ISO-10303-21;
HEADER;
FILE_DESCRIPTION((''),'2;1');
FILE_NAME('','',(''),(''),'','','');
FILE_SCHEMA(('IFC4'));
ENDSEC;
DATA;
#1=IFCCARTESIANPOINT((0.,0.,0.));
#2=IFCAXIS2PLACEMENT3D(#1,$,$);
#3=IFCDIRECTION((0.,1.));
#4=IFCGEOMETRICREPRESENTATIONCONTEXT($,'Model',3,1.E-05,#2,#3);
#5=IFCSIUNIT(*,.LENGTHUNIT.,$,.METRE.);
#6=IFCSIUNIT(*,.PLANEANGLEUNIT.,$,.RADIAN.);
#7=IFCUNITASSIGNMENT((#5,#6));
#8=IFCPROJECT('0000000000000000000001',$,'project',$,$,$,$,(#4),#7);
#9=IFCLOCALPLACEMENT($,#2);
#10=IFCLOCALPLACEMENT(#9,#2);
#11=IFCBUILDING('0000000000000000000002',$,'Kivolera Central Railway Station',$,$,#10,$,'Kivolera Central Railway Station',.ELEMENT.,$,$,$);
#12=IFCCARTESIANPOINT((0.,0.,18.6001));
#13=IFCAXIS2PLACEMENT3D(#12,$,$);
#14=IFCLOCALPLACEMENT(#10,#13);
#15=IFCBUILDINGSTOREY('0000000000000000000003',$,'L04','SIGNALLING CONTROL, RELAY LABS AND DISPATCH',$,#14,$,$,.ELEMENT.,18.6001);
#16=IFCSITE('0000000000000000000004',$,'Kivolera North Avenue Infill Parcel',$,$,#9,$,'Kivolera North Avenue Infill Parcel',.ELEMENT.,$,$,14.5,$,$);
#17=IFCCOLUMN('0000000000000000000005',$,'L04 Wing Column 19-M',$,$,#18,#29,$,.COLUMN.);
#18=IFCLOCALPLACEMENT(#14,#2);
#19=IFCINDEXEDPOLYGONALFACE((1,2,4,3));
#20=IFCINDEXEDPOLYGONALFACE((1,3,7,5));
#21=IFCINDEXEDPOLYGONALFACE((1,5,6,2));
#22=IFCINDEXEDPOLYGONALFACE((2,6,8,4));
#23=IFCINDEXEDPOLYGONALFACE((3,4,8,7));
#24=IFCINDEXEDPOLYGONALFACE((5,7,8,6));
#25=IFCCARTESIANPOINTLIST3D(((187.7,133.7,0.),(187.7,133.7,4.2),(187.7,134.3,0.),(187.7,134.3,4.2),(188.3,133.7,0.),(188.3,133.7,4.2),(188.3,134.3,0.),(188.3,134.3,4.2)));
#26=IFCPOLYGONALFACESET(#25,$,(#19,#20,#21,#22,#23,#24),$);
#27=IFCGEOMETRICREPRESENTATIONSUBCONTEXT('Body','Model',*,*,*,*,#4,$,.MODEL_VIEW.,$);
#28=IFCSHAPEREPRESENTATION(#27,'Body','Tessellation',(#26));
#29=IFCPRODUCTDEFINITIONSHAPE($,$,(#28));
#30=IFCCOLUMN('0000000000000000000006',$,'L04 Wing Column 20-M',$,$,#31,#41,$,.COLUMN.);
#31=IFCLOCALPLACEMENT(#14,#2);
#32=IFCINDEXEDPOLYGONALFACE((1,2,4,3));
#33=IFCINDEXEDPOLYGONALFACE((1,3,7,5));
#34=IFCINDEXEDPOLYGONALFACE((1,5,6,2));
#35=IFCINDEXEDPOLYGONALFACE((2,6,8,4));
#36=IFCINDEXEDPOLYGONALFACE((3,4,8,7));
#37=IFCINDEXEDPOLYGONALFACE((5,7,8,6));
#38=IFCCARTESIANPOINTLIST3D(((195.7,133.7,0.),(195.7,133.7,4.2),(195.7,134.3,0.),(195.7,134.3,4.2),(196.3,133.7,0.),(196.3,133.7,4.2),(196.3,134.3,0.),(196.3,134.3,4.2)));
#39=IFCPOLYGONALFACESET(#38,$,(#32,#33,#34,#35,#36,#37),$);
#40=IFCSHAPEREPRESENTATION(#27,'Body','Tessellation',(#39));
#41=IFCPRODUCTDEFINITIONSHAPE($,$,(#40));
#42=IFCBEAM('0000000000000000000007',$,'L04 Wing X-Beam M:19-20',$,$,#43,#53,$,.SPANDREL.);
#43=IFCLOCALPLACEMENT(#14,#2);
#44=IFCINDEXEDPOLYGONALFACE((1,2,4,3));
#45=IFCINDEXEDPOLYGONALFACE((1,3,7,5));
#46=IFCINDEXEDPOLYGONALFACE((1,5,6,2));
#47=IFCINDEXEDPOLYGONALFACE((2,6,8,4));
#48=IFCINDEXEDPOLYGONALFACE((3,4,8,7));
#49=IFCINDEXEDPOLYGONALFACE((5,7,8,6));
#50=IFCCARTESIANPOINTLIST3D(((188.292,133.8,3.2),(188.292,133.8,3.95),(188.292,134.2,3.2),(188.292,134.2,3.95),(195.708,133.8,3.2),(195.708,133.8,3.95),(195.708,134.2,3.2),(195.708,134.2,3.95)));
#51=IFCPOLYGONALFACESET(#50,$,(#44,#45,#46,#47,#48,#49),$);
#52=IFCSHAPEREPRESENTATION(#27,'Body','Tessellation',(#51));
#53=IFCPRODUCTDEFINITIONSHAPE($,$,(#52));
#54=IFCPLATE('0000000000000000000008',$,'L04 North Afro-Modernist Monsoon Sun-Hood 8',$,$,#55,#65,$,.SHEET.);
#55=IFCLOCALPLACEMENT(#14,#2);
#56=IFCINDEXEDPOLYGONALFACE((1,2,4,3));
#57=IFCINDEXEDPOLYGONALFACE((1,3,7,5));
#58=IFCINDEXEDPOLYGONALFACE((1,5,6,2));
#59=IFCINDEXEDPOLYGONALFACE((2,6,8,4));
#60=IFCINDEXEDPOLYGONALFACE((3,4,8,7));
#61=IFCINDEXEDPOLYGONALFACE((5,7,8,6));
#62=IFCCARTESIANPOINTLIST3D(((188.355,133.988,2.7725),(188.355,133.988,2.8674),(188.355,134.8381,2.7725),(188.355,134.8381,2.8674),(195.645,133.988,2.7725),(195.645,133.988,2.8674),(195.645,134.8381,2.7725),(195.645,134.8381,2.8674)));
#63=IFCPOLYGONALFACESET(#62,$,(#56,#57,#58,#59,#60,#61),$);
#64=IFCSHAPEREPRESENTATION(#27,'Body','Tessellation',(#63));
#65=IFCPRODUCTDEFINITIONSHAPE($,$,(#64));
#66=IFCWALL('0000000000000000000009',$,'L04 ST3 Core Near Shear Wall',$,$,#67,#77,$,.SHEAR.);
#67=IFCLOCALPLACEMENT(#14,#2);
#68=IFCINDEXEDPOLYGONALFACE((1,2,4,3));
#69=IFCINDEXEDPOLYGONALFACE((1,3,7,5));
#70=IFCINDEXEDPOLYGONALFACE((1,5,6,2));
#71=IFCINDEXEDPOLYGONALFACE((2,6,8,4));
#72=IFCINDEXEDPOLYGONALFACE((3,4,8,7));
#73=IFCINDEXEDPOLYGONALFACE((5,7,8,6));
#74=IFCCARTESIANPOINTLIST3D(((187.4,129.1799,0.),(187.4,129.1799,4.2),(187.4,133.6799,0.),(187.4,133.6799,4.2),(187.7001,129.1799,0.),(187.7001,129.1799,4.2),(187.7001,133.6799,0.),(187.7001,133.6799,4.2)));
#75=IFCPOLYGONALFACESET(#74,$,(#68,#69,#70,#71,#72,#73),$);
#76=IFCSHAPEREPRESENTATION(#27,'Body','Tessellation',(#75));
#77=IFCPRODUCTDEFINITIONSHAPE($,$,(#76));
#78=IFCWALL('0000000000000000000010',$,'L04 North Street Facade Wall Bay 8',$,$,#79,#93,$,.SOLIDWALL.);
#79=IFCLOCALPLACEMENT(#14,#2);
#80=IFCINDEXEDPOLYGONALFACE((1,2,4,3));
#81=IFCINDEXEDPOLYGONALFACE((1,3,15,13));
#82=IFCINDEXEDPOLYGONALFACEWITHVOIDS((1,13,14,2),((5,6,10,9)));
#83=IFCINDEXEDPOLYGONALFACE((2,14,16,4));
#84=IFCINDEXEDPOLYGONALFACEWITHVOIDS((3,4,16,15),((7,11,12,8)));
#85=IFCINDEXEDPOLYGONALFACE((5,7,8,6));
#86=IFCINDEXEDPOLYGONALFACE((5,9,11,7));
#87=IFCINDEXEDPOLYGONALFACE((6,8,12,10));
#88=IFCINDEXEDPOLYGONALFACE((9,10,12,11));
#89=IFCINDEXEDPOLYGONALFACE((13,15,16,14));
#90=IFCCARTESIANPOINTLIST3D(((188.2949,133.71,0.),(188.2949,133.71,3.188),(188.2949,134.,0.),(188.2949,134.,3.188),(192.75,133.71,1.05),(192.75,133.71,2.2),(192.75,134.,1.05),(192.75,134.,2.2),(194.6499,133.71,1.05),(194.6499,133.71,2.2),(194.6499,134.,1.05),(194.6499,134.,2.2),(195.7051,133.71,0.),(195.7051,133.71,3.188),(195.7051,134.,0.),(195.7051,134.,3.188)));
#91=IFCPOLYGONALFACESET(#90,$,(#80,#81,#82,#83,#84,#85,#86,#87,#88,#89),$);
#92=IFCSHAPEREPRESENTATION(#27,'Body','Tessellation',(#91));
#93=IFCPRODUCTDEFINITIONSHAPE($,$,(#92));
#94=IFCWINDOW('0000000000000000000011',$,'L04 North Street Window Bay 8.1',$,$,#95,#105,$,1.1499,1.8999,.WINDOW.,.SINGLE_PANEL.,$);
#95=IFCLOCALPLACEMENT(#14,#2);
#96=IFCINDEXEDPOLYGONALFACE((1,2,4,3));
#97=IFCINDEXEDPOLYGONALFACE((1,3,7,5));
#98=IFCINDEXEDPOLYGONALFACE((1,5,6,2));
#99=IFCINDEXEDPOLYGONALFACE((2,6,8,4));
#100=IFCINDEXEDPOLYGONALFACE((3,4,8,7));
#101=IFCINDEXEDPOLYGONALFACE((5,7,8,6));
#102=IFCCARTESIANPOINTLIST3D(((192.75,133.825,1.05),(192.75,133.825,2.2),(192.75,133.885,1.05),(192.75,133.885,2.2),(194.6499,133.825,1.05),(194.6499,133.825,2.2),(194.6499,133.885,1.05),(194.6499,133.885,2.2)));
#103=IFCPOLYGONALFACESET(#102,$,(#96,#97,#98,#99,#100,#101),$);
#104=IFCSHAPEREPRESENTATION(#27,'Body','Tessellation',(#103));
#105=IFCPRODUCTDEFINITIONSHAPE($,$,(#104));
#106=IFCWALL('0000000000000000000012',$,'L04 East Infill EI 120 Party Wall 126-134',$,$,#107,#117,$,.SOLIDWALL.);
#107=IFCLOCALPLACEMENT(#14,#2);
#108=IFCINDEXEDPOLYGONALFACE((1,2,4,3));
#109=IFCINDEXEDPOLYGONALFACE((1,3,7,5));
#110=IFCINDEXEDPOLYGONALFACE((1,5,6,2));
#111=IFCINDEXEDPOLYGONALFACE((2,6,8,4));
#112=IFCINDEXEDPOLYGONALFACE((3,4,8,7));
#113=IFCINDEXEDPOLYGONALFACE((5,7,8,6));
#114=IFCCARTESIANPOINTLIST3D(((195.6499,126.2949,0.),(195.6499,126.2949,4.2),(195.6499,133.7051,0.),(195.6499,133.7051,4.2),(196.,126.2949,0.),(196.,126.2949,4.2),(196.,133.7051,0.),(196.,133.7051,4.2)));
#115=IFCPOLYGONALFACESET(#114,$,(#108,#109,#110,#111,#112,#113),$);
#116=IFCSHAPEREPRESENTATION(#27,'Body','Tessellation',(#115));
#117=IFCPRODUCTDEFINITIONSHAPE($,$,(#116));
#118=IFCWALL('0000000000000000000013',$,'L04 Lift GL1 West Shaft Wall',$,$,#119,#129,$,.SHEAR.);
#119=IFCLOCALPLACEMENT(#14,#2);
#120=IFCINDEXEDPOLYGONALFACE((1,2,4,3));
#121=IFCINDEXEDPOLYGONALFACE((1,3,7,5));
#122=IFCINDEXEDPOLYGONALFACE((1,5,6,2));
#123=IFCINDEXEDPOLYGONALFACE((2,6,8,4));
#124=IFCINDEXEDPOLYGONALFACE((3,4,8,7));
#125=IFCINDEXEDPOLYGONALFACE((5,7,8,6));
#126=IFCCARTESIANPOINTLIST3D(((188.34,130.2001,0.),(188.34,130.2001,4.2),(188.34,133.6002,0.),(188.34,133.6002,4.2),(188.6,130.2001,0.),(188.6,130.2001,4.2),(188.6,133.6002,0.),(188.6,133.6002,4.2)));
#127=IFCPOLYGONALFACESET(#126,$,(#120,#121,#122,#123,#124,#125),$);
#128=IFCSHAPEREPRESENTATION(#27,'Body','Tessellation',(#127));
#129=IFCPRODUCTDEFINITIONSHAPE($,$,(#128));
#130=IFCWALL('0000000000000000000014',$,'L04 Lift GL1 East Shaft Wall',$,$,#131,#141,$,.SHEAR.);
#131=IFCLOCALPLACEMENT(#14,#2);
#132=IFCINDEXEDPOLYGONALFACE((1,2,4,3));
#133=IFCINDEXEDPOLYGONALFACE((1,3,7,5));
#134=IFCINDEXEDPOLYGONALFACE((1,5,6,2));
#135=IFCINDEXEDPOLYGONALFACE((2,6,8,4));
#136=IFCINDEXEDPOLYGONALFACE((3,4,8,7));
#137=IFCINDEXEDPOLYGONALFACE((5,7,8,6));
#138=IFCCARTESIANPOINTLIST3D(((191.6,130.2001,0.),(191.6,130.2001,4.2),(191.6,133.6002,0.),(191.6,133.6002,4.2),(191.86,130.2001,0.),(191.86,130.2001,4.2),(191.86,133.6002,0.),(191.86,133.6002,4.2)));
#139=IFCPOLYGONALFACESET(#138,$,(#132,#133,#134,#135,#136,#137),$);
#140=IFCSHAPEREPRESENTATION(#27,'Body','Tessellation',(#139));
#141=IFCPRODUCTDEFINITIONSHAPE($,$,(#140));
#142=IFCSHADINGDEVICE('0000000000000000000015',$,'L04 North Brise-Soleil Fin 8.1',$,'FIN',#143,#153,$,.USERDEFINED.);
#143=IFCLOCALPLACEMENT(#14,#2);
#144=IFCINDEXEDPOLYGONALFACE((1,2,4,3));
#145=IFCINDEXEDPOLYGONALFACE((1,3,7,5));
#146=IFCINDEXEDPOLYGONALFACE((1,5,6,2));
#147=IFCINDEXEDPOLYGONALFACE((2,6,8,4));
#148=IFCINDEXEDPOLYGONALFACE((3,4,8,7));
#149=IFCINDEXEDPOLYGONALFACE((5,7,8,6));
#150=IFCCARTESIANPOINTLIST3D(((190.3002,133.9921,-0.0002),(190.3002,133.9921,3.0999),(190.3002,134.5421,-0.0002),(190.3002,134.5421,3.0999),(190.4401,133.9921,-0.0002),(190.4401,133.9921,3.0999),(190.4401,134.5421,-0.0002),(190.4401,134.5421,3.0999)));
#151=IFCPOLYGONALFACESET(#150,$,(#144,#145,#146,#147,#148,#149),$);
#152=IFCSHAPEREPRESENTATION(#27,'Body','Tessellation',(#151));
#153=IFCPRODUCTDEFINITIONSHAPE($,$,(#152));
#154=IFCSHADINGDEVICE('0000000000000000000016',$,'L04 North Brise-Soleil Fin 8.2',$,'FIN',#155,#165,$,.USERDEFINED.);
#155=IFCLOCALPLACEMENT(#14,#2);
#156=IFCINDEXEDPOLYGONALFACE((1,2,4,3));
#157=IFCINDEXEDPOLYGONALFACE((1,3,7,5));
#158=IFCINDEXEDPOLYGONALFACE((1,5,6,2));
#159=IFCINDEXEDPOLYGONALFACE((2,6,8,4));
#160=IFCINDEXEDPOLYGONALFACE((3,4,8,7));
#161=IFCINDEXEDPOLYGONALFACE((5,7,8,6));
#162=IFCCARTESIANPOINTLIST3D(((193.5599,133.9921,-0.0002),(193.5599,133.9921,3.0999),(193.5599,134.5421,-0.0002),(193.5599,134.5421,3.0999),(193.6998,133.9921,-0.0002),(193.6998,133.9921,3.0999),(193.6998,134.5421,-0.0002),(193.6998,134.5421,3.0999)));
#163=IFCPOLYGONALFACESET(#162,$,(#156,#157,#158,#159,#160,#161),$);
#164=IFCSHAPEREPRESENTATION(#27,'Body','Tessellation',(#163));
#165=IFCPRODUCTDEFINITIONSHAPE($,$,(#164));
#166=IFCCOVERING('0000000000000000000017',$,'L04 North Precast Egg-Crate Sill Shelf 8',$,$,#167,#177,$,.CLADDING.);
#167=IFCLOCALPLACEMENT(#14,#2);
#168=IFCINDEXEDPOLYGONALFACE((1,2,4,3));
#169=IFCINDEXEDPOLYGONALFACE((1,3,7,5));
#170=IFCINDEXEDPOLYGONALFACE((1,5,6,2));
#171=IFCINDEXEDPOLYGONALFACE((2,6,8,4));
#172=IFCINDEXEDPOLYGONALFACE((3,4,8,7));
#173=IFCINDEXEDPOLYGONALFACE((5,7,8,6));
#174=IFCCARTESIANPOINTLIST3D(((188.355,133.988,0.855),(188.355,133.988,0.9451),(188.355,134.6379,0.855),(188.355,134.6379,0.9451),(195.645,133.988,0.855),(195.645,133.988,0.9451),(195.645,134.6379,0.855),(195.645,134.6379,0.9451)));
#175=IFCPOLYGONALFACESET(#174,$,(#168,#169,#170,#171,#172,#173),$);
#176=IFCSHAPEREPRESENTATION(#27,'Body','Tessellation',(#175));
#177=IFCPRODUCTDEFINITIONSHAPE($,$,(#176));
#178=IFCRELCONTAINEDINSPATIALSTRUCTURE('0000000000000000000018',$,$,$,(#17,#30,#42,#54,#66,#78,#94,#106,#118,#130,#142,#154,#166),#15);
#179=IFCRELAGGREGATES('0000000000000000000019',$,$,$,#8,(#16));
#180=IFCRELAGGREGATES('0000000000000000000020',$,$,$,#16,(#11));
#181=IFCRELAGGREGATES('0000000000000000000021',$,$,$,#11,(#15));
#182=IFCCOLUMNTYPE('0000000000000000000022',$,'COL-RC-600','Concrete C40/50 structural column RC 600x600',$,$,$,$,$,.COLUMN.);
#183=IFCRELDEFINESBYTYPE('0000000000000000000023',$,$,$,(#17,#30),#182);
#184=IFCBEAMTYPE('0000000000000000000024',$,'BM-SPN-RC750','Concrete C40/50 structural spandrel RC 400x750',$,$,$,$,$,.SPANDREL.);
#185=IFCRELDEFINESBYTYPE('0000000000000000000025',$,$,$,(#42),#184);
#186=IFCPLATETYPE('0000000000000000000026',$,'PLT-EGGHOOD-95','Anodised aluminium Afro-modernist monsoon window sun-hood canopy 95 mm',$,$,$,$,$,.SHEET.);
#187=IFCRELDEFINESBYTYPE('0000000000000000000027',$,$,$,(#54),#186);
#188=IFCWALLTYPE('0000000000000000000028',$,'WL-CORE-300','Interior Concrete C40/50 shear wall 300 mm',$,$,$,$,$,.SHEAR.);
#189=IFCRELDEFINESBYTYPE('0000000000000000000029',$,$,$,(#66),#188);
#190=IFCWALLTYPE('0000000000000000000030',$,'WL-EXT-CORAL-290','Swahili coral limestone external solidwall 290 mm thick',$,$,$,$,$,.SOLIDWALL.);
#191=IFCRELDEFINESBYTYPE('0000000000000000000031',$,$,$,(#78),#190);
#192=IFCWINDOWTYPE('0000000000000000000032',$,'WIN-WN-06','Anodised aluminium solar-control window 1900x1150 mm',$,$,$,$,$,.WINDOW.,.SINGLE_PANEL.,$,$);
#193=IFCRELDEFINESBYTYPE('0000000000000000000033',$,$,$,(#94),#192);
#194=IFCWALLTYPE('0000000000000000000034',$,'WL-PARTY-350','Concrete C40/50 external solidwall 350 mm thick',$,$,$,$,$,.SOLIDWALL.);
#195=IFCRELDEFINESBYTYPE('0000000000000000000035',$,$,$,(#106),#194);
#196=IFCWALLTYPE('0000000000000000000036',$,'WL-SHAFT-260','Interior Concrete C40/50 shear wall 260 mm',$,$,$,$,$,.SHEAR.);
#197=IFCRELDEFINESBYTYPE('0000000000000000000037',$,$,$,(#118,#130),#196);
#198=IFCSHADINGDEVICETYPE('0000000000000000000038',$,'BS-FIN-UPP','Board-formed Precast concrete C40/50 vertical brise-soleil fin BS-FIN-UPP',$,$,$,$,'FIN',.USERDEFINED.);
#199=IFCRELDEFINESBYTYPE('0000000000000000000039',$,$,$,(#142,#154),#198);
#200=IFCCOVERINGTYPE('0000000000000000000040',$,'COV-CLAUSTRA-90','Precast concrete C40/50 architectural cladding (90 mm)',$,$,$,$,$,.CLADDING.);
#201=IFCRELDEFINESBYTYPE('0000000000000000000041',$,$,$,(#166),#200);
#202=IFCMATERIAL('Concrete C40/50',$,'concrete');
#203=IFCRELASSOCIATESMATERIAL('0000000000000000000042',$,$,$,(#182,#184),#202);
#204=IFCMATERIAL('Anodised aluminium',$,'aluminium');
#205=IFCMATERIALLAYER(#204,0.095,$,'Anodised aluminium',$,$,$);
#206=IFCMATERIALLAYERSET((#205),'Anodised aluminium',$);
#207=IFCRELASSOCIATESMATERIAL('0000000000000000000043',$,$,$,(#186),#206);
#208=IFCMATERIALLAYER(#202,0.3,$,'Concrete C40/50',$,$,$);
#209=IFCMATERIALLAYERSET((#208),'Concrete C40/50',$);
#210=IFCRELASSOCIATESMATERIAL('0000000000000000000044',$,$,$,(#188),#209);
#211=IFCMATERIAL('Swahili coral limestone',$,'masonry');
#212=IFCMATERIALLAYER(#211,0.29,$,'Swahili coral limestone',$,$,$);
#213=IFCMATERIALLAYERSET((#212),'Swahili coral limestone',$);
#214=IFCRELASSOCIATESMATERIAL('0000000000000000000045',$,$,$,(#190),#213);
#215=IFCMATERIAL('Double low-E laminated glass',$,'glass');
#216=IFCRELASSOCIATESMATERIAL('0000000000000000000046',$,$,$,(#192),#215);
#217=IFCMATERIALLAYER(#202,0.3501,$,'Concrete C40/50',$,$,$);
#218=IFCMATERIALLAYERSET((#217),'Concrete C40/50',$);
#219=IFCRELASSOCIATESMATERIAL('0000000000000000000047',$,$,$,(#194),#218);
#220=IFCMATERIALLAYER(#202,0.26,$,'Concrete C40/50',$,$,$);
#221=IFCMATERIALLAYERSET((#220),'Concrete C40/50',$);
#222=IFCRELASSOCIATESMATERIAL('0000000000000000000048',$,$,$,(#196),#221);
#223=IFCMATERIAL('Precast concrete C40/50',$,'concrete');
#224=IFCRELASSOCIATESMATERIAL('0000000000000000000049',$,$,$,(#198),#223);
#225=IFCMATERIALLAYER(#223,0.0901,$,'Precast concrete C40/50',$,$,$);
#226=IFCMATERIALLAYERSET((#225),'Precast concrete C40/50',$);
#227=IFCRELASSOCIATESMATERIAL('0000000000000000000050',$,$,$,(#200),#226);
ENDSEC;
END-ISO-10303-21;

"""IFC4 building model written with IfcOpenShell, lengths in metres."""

from ifc_helpers import new_model, si_unit, direction, frame, frame_2d, origin, origin_2d, place, context, subcontext, project, spatial, rectangle, extrude, material, layer, layer_set, material_profile, profile_set, type_object, element, fill, save


model = new_model("IFC4")

# Units and contexts
model_context = context("Model", 3, precision=1e-05, world=origin(), true_north=direction((0.0, 1.0)))
body_context = subcontext(model_context, "Body", "Model", "MODEL_VIEW")
ifc_project = project(units=[si_unit("LENGTHUNIT", "METRE"), si_unit("PLANEANGLEUNIT", "RADIAN")], contexts=[model_context])

# Site, building, storey
site_placement = place(None, origin())
site = spatial("IfcSite", under=ifc_project, at=site_placement, Name="Kivolera North Avenue Infill Parcel", LongName="Kivolera North Avenue Infill Parcel", CompositionType="ELEMENT", RefElevation=14.5)
building_placement = place(site_placement, origin())
building = spatial("IfcBuilding", under=site, at=building_placement, Name="Kivolera Central Railway Station", LongName="Kivolera Central Railway Station", CompositionType="ELEMENT")
storey_placement = place(building_placement, frame((0.0, 0.0, 18.6001)))
storey = spatial("IfcBuildingStorey", under=building, at=storey_placement, Name="L04", Description="SIGNALLING CONTROL, RELAY LABS AND DISPATCH", CompositionType="ELEMENT", Elevation=18.6001)

# Columns
ifc_material_1 = material(Name="Concrete C40/50", Category="concrete")
ifc_material_profile_1 = material_profile(ifc_material_1, rectangle(XDim=0.6001, YDim=0.6001, at=origin_2d()), Name="RC 600x600")
ifc_profile_set_1 = profile_set([ifc_material_profile_1], Name="Concrete C40/50")
column_type = type_object("IfcColumnType", Name="COL-RC-600", Description="Concrete C40/50 structural column RC 600x600", PredefinedType="COLUMN", material=ifc_profile_set_1)
for number, where, z_axis, x_axis, name in (
    (1, (188.0, 134.0, 0.0), (0.0, 0.0, 1.0), (1.0, 0.0, 0.0), "L04 Wing Column 19-M"),
    (2, (196.0, 134.0, 0.0), (0.0, 0.0, 1.0), (1.0, 0.0, 0.0), "L04 Wing Column 20-M"),
):
    element("IfcColumn", number, at=place(storey_placement, frame(where, z_axis=z_axis, x_axis=x_axis)), inside=storey, type_object=column_type, Name=name, PredefinedType="COLUMN", context=body_context, shape_type="SweptSolid", body=[
        extrude(rectangle(XDim=0.6001, YDim=0.6001, at=origin_2d()), origin(), (0.0, 0.0, 1.0), 4.2),
    ])

# Beam
ifc_material_profile_2 = material_profile(ifc_material_1, rectangle(XDim=0.3999, YDim=0.75, at=origin_2d()), Name="RC 400x750")
ifc_profile_set_2 = profile_set([ifc_material_profile_2], Name="Concrete C40/50")
beam_type = type_object("IfcBeamType", Name="BM-SPN-RC750", Description="Concrete C40/50 structural spandrel RC 400x750", PredefinedType="SPANDREL", material=ifc_profile_set_2)
beam_placement = place(storey_placement, frame((188.292, 134.0, 3.575), z_axis=(1.0, 0.0, 0.0), x_axis=(0.0, 1.0, 0.0)))
element("IfcBeam", 3, at=beam_placement, inside=storey, type_object=beam_type, Name="L04 Wing X-Beam M:19-20", PredefinedType="SPANDREL", context=body_context, shape_type="SweptSolid", body=[
    extrude(rectangle(XDim=0.3999, YDim=0.75, at=origin_2d()), origin(), (0.0, 0.0, 1.0), 7.416),
])

# Plate
ifc_material_2 = material(Name="Anodised aluminium", Category="aluminium")
ifc_layer_1 = layer(ifc_material_2, 0.095, Name="Anodised aluminium")
ifc_layer_set_1 = layer_set([ifc_layer_1], Name="Anodised aluminium")
plate_type = type_object("IfcPlateType", Name="PLT-EGGHOOD-95", Description="Anodised aluminium Afro-modernist monsoon window sun-hood canopy 95 mm", PredefinedType="SHEET", material=ifc_layer_set_1)
plate_placement = place(storey_placement, frame((192.0, 134.4131, 2.7725), z_axis=(0.0, 0.0, 1.0), x_axis=(1.0, 0.0, 0.0)))
element("IfcPlate", 4, at=plate_placement, inside=storey, type_object=plate_type, Name="L04 North Afro-Modernist Monsoon Sun-Hood 8", PredefinedType="SHEET", context=body_context, shape_type="SweptSolid", body=[
    extrude(rectangle(XDim=7.29, YDim=0.8501, at=origin_2d()), origin(), (0.0, 0.0, 1.0), 0.095),
])

# Wall
ifc_layer_2 = layer(ifc_material_1, 0.3, Name="Concrete C40/50")
ifc_layer_set_2 = layer_set([ifc_layer_2], Name="Concrete C40/50")
wall_type_1 = type_object("IfcWallType", Name="WL-CORE-300", Description="Interior Concrete C40/50 shear wall 300 mm", PredefinedType="SHEAR", material=ifc_layer_set_2)
wall_1_placement = place(storey_placement, frame((187.55, 133.6799, 0.0), z_axis=(0.0, 0.0, 1.0), x_axis=(0.0, -1.0, 0.0)))
element("IfcWall", 5, at=wall_1_placement, inside=storey, type_object=wall_type_1, Name="L04 ST3 Core Near Shear Wall", PredefinedType="SHEAR", context=body_context, shape_type="SweptSolid", body=[
    extrude(rectangle(XDim=4.5, YDim=0.3, at=frame_2d((2.25, 0.0))), origin(), (0.0, 0.0, 1.0), 4.2),
])

# Wall, opening, window
ifc_material_3 = material(Name="Swahili coral limestone", Category="masonry")
ifc_layer_3 = layer(ifc_material_3, 0.29, Name="Swahili coral limestone")
ifc_layer_set_3 = layer_set([ifc_layer_3], Name="Swahili coral limestone")
wall_type_2 = type_object("IfcWallType", Name="WL-EXT-CORAL-290", Description="Swahili coral limestone external solidwall 290 mm thick", PredefinedType="SOLIDWALL", material=ifc_layer_set_3)
wall_2_placement = place(storey_placement, frame((188.2949, 133.855, 0.0), z_axis=(0.0, 0.0, 1.0), x_axis=(1.0, 0.0, 0.0)))
wall_2 = element("IfcWall", 6, at=wall_2_placement, inside=storey, type_object=wall_type_2, Name="L04 North Street Facade Wall Bay 8", PredefinedType="SOLIDWALL", context=body_context, shape_type="SweptSolid", body=[
    extrude(rectangle(XDim=7.4102, YDim=0.29, at=frame_2d((3.7051, 0.0))), origin(), (0.0, 0.0, 1.0), 3.188),
])
opening_placement = place(wall_2_placement, frame((4.4551, 0.0, 1.05)))
opening = element("IfcOpeningElement", 7, at=opening_placement, cuts=wall_2, PredefinedType="OPENING", context=body_context, shape_type="SweptSolid", body=[
    extrude(rectangle(XDim=1.8999, YDim=1.1499, at=frame_2d((0.95, 0.575))), frame((0.0, 0.155, 0.0), z_axis=(0.0, -1.0, 0.0), x_axis=(1.0, 0.0, 0.0)), (0.0, 0.0, 1.0), 0.3101),
])
ifc_material_4 = material(Name="Double low-E laminated glass", Category="glass")
window_type = type_object("IfcWindowType", Name="WIN-WN-06", Description="Anodised aluminium solar-control window 1900x1150 mm", PartitioningType="SINGLE_PANEL", PredefinedType="WINDOW", material=ifc_material_4)
window_placement = place(opening_placement, origin())
window = element("IfcWindow", 8, at=window_placement, inside=storey, type_object=window_type, Name="L04 North Street Window Bay 8.1", OverallHeight=1.1499, OverallWidth=1.8999, PartitioningType="SINGLE_PANEL", PredefinedType="WINDOW", context=body_context, shape_type="SweptSolid", body=[
    extrude(rectangle(XDim=1.8999, YDim=1.1499, at=frame_2d((0.95, 0.575))), frame((0.0, 0.03, 0.0), z_axis=(0.0, -1.0, 0.0), x_axis=(1.0, 0.0, 0.0)), (0.0, 0.0, 1.0), 0.0601),
])
fill(opening, window)

# Walls
ifc_layer_4 = layer(ifc_material_1, 0.3501, Name="Concrete C40/50")
ifc_layer_set_4 = layer_set([ifc_layer_4], Name="Concrete C40/50")
wall_type_3 = type_object("IfcWallType", Name="WL-PARTY-350", Description="Concrete C40/50 external solidwall 350 mm thick", PredefinedType="SOLIDWALL", material=ifc_layer_set_4)
wall_3_placement = place(storey_placement, frame((195.825, 133.7051, 0.0), z_axis=(0.0, 0.0, 1.0), x_axis=(0.0, -1.0, 0.0)))
element("IfcWall", 9, at=wall_3_placement, inside=storey, type_object=wall_type_3, Name="L04 East Infill EI 120 Party Wall 126-134", PredefinedType="SOLIDWALL", context=body_context, shape_type="SweptSolid", body=[
    extrude(rectangle(XDim=7.4102, YDim=0.3501, at=frame_2d((3.7051, 0.0))), origin(), (0.0, 0.0, 1.0), 4.2),
])
ifc_layer_5 = layer(ifc_material_1, 0.26, Name="Concrete C40/50")
ifc_layer_set_5 = layer_set([ifc_layer_5], Name="Concrete C40/50")
wall_type_4 = type_object("IfcWallType", Name="WL-SHAFT-260", Description="Interior Concrete C40/50 shear wall 260 mm", PredefinedType="SHEAR", material=ifc_layer_set_5)
for number, where, z_axis, x_axis, name in (
    (10, (188.47, 130.2, 0.0), (0.0, 0.0, 1.0), (0.0, 1.0, 0.0), "L04 Lift GL1 West Shaft Wall"),
    (11, (191.73, 130.2, 0.0), (0.0, 0.0, 1.0), (0.0, 1.0, 0.0), "L04 Lift GL1 East Shaft Wall"),
):
    element("IfcWall", number, at=place(storey_placement, frame(where, z_axis=z_axis, x_axis=x_axis)), inside=storey, type_object=wall_type_4, Name=name, PredefinedType="SHEAR", context=body_context, shape_type="SweptSolid", body=[
        extrude(rectangle(XDim=3.4001, YDim=0.26, at=frame_2d((1.7002, 0.0))), origin(), (0.0, 0.0, 1.0), 4.2),
    ])

# Shading devices
ifc_material_5 = material(Name="Precast concrete C40/50", Category="concrete")
shading_device_type = type_object("IfcShadingDeviceType", Name="BS-FIN-UPP", Description="Board-formed Precast concrete C40/50 vertical brise-soleil fin BS-FIN-UPP", ElementType="FIN", PredefinedType="USERDEFINED", material=ifc_material_5)
for number, where, z_axis, x_axis, name in (
    (12, (190.3701, 134.2671, -0.0002), (0.0, 0.0, 1.0), (1.0, 0.0, 0.0), "L04 North Brise-Soleil Fin 8.1"),
    (13, (193.6299, 134.2671, -0.0002), (0.0, 0.0, 1.0), (1.0, 0.0, 0.0), "L04 North Brise-Soleil Fin 8.2"),
):
    element("IfcShadingDevice", number, at=place(storey_placement, frame(where, z_axis=z_axis, x_axis=x_axis)), inside=storey, type_object=shading_device_type, Name=name, ObjectType="FIN", PredefinedType="USERDEFINED", context=body_context, shape_type="SweptSolid", body=[
        extrude(rectangle(XDim=0.1399, YDim=0.55, at=origin_2d()), origin(), (0.0, 0.0, 1.0), 3.1001),
    ])

# Covering
ifc_layer_6 = layer(ifc_material_5, 0.0901, Name="Precast concrete C40/50")
ifc_layer_set_6 = layer_set([ifc_layer_6], Name="Precast concrete C40/50")
covering_type_1 = type_object("IfcCoveringType", Name="COV-CLAUSTRA-90", Description="Precast concrete C40/50 architectural cladding (90 mm)", PredefinedType="CLADDING", material=ifc_layer_set_6)
covering_1_placement = place(storey_placement, frame((192.0, 134.313, 0.855), z_axis=(0.0, 0.0, 1.0), x_axis=(1.0, 0.0, 0.0)))
element("IfcCovering", 14, at=covering_1_placement, inside=storey, type_object=covering_type_1, Name="L04 North Precast Egg-Crate Sill Shelf 8", PredefinedType="CLADDING", context=body_context, shape_type="SweptSolid", body=[
    extrude(rectangle(XDim=7.29, YDim=0.6499, at=origin_2d()), origin(), (0.0, 0.0, 1.0), 0.0901),
])

save(model, "model.ifc")
